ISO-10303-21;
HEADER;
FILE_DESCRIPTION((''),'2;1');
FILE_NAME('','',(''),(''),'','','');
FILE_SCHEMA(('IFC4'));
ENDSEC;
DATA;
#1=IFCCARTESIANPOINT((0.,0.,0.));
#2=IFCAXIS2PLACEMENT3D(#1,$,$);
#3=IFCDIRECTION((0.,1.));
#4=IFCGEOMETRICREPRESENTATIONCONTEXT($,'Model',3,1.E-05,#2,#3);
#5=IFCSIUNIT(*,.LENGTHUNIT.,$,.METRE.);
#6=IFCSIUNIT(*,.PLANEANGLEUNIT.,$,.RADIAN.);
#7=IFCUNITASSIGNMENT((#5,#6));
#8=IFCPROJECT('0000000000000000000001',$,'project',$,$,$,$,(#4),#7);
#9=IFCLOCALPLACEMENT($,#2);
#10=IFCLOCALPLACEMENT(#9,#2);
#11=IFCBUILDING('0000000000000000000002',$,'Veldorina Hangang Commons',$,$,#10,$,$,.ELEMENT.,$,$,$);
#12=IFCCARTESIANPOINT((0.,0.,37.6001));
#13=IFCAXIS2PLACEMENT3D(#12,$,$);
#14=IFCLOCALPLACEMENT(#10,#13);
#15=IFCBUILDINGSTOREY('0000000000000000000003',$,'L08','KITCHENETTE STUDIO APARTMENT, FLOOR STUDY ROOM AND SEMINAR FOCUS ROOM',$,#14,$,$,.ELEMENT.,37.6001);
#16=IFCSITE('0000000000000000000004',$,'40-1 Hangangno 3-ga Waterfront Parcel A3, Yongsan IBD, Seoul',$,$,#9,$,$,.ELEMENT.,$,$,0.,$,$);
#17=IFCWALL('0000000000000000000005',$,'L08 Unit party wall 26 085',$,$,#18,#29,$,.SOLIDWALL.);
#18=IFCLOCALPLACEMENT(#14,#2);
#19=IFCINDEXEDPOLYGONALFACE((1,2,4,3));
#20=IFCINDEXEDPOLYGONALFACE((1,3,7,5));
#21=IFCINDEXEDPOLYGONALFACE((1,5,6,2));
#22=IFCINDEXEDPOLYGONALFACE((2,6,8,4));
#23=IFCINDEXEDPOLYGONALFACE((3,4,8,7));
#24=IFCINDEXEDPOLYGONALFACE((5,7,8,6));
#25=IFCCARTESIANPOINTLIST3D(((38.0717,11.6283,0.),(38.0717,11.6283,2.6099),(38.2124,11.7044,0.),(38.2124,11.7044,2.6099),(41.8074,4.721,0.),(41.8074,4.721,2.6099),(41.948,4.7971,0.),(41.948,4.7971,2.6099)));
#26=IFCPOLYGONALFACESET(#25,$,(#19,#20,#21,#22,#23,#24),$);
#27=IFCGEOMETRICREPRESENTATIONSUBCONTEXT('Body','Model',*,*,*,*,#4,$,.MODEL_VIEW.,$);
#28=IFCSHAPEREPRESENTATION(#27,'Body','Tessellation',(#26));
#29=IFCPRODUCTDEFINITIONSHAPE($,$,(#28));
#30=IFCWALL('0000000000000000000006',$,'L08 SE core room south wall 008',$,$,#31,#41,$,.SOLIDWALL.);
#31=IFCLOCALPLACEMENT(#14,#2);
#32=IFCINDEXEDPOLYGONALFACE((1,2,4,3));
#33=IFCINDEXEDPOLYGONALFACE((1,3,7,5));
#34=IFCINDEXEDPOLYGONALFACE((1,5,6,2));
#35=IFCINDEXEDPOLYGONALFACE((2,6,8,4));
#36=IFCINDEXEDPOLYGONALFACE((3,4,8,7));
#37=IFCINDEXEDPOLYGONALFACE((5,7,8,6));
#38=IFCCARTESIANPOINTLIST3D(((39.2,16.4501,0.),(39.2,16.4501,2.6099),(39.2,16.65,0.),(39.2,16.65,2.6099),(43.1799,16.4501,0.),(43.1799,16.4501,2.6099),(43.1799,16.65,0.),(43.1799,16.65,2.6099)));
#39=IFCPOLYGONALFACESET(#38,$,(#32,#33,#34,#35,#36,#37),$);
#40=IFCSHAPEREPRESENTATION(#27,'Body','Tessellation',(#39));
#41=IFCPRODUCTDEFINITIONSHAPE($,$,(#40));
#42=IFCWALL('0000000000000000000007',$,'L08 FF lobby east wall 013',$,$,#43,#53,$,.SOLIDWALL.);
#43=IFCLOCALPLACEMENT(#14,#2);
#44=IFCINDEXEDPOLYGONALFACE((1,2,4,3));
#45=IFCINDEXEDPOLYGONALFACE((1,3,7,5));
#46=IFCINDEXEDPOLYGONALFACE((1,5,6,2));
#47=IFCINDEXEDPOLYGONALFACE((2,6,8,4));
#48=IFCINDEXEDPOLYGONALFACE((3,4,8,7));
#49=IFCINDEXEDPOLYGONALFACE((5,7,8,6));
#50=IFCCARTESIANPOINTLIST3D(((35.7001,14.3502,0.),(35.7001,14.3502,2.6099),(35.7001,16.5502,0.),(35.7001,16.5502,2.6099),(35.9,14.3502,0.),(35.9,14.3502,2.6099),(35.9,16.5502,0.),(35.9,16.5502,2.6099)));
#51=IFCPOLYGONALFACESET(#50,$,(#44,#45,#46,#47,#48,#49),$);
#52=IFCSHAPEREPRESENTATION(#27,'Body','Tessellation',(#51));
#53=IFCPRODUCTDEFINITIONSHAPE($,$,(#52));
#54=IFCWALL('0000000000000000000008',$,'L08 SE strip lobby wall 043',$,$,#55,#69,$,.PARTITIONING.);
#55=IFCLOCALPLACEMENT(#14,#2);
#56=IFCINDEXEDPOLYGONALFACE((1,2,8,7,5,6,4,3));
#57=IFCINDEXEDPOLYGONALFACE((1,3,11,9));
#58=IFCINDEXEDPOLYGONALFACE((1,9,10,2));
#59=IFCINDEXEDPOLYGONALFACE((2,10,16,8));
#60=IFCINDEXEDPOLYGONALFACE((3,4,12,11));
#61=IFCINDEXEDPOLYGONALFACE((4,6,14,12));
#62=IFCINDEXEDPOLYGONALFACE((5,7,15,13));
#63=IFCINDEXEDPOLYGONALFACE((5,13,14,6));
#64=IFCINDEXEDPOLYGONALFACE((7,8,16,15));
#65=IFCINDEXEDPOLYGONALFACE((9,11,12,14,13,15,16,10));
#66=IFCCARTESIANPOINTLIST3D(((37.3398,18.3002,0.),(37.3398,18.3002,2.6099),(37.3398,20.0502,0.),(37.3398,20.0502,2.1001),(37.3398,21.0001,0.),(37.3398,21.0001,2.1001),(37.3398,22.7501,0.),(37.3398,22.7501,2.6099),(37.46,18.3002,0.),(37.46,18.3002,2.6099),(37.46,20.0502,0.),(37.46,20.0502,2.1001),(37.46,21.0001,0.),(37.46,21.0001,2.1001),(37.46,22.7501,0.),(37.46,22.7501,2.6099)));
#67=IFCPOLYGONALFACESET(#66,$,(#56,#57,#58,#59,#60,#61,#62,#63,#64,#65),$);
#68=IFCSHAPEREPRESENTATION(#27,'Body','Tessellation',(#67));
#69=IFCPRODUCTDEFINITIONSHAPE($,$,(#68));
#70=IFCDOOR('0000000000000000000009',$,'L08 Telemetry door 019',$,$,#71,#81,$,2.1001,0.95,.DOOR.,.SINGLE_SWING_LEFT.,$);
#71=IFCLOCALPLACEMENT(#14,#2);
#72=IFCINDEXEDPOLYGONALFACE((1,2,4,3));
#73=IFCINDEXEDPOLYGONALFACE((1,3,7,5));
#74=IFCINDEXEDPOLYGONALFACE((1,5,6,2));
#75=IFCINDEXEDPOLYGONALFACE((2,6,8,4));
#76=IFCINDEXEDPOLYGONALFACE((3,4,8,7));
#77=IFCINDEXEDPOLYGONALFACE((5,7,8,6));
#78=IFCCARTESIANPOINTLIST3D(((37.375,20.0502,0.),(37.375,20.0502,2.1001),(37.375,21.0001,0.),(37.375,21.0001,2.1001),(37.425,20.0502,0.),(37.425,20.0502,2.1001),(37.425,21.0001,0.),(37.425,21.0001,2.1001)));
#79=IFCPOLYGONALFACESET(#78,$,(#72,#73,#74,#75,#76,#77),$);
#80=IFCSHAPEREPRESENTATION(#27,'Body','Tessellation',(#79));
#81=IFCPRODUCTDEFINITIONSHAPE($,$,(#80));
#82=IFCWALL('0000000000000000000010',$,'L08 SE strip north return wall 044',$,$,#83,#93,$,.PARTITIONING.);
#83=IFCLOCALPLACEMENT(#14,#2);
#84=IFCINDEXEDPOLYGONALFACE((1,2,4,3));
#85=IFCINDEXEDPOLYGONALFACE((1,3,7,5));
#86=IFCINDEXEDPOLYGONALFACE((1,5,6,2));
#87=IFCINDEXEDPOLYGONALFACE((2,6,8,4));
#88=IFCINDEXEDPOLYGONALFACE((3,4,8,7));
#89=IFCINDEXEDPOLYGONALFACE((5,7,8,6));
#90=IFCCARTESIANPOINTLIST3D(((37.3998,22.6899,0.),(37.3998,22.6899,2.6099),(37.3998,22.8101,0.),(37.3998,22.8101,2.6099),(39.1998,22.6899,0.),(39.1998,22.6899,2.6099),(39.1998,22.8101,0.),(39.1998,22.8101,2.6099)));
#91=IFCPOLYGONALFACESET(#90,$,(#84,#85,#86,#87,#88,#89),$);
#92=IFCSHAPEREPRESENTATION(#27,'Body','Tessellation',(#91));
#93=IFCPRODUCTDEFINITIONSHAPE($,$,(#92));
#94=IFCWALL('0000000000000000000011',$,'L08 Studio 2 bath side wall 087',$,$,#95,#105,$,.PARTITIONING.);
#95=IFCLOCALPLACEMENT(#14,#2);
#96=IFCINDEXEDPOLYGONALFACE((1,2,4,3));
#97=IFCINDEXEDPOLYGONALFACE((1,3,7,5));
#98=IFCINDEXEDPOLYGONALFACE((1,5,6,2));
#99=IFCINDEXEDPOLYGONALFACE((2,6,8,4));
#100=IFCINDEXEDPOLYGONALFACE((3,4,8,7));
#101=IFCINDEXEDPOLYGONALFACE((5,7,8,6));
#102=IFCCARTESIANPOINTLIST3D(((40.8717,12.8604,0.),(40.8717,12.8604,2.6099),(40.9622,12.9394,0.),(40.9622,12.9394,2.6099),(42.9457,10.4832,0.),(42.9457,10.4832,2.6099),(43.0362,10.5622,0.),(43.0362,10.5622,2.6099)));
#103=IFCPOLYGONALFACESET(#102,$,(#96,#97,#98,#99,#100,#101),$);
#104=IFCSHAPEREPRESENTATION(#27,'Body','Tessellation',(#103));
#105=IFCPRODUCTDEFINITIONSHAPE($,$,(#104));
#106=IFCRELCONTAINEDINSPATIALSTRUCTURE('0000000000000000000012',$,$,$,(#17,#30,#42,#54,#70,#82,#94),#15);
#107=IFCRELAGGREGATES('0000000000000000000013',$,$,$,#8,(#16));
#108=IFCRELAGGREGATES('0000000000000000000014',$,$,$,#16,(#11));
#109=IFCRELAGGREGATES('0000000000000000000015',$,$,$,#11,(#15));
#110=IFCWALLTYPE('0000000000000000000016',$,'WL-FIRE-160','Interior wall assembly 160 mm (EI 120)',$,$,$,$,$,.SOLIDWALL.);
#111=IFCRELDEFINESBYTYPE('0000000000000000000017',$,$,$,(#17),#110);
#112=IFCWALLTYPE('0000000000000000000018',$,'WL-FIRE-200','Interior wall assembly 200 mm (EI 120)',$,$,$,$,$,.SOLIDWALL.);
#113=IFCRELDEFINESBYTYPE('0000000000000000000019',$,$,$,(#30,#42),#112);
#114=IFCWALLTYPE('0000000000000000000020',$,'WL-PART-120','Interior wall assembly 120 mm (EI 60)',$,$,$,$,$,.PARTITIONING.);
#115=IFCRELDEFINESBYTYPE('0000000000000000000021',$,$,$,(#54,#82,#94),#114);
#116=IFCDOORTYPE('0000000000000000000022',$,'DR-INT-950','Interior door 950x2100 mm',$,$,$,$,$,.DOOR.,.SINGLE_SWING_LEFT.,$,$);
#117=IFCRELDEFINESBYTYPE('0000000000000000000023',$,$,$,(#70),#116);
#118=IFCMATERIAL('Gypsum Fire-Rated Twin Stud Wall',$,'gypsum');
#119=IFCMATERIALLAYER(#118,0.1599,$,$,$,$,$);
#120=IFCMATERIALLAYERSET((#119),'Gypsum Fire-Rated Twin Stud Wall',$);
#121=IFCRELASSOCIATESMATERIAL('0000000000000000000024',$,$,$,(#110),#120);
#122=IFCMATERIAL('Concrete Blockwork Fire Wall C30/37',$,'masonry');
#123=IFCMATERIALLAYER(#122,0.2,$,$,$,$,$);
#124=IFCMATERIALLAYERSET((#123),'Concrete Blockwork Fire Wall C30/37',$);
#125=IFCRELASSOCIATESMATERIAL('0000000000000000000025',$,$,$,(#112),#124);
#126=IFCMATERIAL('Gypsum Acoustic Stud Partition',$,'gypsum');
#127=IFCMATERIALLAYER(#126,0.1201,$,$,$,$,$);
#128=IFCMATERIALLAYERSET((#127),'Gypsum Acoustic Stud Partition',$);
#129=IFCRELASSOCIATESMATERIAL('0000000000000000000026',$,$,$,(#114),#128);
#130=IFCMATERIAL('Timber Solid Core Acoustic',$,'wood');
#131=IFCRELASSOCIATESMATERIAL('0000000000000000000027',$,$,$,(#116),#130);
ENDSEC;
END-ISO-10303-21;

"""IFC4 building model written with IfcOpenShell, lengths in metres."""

from ifc_helpers import new_model, si_unit, direction, frame, frame_2d, origin, place, context, subcontext, project, spatial, rectangle, extrude, material, layer, layer_set, type_object, element, fill, save


model = new_model("IFC4")

# Units and contexts
model_context = context("Model", 3, precision=1e-05, world=origin(), true_north=direction((0.0, 1.0)))
body_context = subcontext(model_context, "Body", "Model", "MODEL_VIEW")
ifc_project = project(units=[si_unit("LENGTHUNIT", "METRE"), si_unit("PLANEANGLEUNIT", "RADIAN")], contexts=[model_context])

# Site, building, storey
site_placement = place(None, origin())
site = spatial("IfcSite", under=ifc_project, at=site_placement, Name="40-1 Hangangno 3-ga Waterfront Parcel A3, Yongsan IBD, Seoul", CompositionType="ELEMENT", RefElevation=0.0)
building_placement = place(site_placement, origin())
building = spatial("IfcBuilding", under=site, at=building_placement, Name="Veldorina Hangang Commons", CompositionType="ELEMENT")
storey_placement = place(building_placement, frame((0.0, 0.0, 37.6001)))
storey = spatial("IfcBuildingStorey", under=building, at=storey_placement, Name="L08", Description="KITCHENETTE STUDIO APARTMENT, FLOOR STUDY ROOM AND SEMINAR FOCUS ROOM", CompositionType="ELEMENT", Elevation=37.6001)

# Shared definitions
ifc_material_1 = material(Name="Gypsum Fire-Rated Twin Stud Wall", Category="gypsum")
ifc_layer_1 = layer(ifc_material_1, 0.1599)
ifc_layer_set_1 = layer_set([ifc_layer_1], Name="Gypsum Fire-Rated Twin Stud Wall")
wall_type_1 = type_object("IfcWallType", Name="WL-FIRE-160", Description="Interior wall assembly 160 mm (EI 120)", PredefinedType="SOLIDWALL", material=ifc_layer_set_1)

# Walls
wall_1_placement = place(storey_placement, frame((38.1421, 11.6663, 0.0), z_axis=(0.0, 0.0, 1.0), x_axis=(0.47571, -0.879602, 0.0)))
element("IfcWall", 1, at=wall_1_placement, inside=storey, type_object=wall_type_1, Name="L08 Unit party wall 26 085", PredefinedType="SOLIDWALL", context=body_context, shape_type="SweptSolid", body=[
    extrude(rectangle(XDim=7.8528, YDim=0.1599, at=frame_2d((3.9263, 0.0))), origin(), (0.0, 0.0, 1.0), 2.6099),
])
ifc_material_2 = material(Name="Concrete Blockwork Fire Wall C30/37", Category="masonry")
ifc_layer_2 = layer(ifc_material_2, 0.2)
ifc_layer_set_2 = layer_set([ifc_layer_2], Name="Concrete Blockwork Fire Wall C30/37")
wall_type_2 = type_object("IfcWallType", Name="WL-FIRE-200", Description="Interior wall assembly 200 mm (EI 120)", PredefinedType="SOLIDWALL", material=ifc_layer_set_2)
wall_2_placement = place(storey_placement, frame((39.2, 16.55, 0.0), z_axis=(0.0, 0.0, 1.0), x_axis=(1.0, 0.0, 0.0)))
element("IfcWall", 2, at=wall_2_placement, inside=storey, type_object=wall_type_2, Name="L08 SE core room south wall 008", PredefinedType="SOLIDWALL", context=body_context, shape_type="SweptSolid", body=[
    extrude(rectangle(XDim=3.98, YDim=0.2, at=frame_2d((1.99, 0.0))), origin(), (0.0, 0.0, 1.0), 2.6099),
])
wall_3_placement = place(storey_placement, frame((35.8, 14.3501, 0.0), z_axis=(0.0, 0.0, 1.0), x_axis=(0.0, 1.0, 0.0)))
element("IfcWall", 3, at=wall_3_placement, inside=storey, type_object=wall_type_2, Name="L08 FF lobby east wall 013", PredefinedType="SOLIDWALL", context=body_context, shape_type="SweptSolid", body=[
    extrude(rectangle(XDim=2.2, YDim=0.2, at=frame_2d((1.1001, 0.0))), origin(), (0.0, 0.0, 1.0), 2.6099),
])

# Wall, opening, door
ifc_material_3 = material(Name="Gypsum Acoustic Stud Partition", Category="gypsum")
ifc_layer_3 = layer(ifc_material_3, 0.1201)
ifc_layer_set_3 = layer_set([ifc_layer_3], Name="Gypsum Acoustic Stud Partition")
wall_type_3 = type_object("IfcWallType", Name="WL-PART-120", Description="Interior wall assembly 120 mm (EI 60)", PredefinedType="PARTITIONING", material=ifc_layer_set_3)
wall_4_placement = place(storey_placement, frame((37.3999, 18.3, 0.0), z_axis=(0.0, 0.0, 1.0), x_axis=(0.0, 1.0, 0.0)))
wall_4 = element("IfcWall", 4, at=wall_4_placement, inside=storey, type_object=wall_type_3, Name="L08 SE strip lobby wall 043", PredefinedType="PARTITIONING", context=body_context, shape_type="SweptSolid", body=[
    extrude(rectangle(XDim=4.45, YDim=0.1201, at=frame_2d((2.2251, 0.0))), origin(), (0.0, 0.0, 1.0), 2.6099),
])
opening_1_placement = place(wall_4_placement, frame((1.75, 0.0, 0.0)))
opening_1 = element("IfcOpeningElement", 5, at=opening_1_placement, cuts=wall_4, PredefinedType="OPENING", context=body_context, shape_type="SweptSolid", body=[
    extrude(rectangle(XDim=0.95, YDim=2.1001, at=frame_2d((0.4751, 1.05))), frame((0.0, 0.0701, 0.0), z_axis=(0.0, -1.0, 0.0), x_axis=(1.0, 0.0, 0.0)), (0.0, 0.0, 1.0), 0.1401),
])
ifc_material_4 = material(Name="Timber Solid Core Acoustic", Category="wood")
door_type_1 = type_object("IfcDoorType", Name="DR-INT-950", Description="Interior door 950x2100 mm", OperationType="SINGLE_SWING_LEFT", PredefinedType="DOOR", material=ifc_material_4)
door_1_placement = place(opening_1_placement, origin())
door_1 = element("IfcDoor", 6, at=door_1_placement, inside=storey, type_object=door_type_1, Name="L08 Telemetry door 019", OperationType="SINGLE_SWING_LEFT", OverallHeight=2.1001, OverallWidth=0.95, PredefinedType="DOOR", context=body_context, shape_type="SweptSolid", body=[
    extrude(rectangle(XDim=0.95, YDim=2.1001, at=frame_2d((0.4751, 1.05))), frame((0.0, 0.0249, 0.0), z_axis=(0.0, -1.0, 0.0), x_axis=(1.0, 0.0, 0.0)), (0.0, 0.0, 1.0), 0.05),
])
fill(opening_1, door_1)

# Walls
wall_5_placement = place(storey_placement, frame((37.3999, 22.75, 0.0), z_axis=(0.0, 0.0, 1.0), x_axis=(1.0, 0.0, 0.0)))
element("IfcWall", 7, at=wall_5_placement, inside=storey, type_object=wall_type_3, Name="L08 SE strip north return wall 044", PredefinedType="PARTITIONING", context=body_context, shape_type="SweptSolid", body=[
    extrude(rectangle(XDim=1.8, YDim=0.1201, at=frame_2d((0.8999, 0.0))), origin(), (0.0, 0.0, 1.0), 2.6099),
])
wall_6_placement = place(storey_placement, frame((40.917, 12.8999, 0.0), z_axis=(0.0, 0.0, 1.0), x_axis=(0.657414, -0.75353, 0.0)))
element("IfcWall", 8, at=wall_6_placement, inside=storey, type_object=wall_type_3, Name="L08 Studio 2 bath side wall 087", PredefinedType="PARTITIONING", context=body_context, shape_type="SweptSolid", body=[
    extrude(rectangle(XDim=3.1548, YDim=0.1201, at=frame_2d((1.5774, 0.0))), origin(), (0.0, 0.0, 1.0), 2.6099),
])

save(model, "model.ifc")
